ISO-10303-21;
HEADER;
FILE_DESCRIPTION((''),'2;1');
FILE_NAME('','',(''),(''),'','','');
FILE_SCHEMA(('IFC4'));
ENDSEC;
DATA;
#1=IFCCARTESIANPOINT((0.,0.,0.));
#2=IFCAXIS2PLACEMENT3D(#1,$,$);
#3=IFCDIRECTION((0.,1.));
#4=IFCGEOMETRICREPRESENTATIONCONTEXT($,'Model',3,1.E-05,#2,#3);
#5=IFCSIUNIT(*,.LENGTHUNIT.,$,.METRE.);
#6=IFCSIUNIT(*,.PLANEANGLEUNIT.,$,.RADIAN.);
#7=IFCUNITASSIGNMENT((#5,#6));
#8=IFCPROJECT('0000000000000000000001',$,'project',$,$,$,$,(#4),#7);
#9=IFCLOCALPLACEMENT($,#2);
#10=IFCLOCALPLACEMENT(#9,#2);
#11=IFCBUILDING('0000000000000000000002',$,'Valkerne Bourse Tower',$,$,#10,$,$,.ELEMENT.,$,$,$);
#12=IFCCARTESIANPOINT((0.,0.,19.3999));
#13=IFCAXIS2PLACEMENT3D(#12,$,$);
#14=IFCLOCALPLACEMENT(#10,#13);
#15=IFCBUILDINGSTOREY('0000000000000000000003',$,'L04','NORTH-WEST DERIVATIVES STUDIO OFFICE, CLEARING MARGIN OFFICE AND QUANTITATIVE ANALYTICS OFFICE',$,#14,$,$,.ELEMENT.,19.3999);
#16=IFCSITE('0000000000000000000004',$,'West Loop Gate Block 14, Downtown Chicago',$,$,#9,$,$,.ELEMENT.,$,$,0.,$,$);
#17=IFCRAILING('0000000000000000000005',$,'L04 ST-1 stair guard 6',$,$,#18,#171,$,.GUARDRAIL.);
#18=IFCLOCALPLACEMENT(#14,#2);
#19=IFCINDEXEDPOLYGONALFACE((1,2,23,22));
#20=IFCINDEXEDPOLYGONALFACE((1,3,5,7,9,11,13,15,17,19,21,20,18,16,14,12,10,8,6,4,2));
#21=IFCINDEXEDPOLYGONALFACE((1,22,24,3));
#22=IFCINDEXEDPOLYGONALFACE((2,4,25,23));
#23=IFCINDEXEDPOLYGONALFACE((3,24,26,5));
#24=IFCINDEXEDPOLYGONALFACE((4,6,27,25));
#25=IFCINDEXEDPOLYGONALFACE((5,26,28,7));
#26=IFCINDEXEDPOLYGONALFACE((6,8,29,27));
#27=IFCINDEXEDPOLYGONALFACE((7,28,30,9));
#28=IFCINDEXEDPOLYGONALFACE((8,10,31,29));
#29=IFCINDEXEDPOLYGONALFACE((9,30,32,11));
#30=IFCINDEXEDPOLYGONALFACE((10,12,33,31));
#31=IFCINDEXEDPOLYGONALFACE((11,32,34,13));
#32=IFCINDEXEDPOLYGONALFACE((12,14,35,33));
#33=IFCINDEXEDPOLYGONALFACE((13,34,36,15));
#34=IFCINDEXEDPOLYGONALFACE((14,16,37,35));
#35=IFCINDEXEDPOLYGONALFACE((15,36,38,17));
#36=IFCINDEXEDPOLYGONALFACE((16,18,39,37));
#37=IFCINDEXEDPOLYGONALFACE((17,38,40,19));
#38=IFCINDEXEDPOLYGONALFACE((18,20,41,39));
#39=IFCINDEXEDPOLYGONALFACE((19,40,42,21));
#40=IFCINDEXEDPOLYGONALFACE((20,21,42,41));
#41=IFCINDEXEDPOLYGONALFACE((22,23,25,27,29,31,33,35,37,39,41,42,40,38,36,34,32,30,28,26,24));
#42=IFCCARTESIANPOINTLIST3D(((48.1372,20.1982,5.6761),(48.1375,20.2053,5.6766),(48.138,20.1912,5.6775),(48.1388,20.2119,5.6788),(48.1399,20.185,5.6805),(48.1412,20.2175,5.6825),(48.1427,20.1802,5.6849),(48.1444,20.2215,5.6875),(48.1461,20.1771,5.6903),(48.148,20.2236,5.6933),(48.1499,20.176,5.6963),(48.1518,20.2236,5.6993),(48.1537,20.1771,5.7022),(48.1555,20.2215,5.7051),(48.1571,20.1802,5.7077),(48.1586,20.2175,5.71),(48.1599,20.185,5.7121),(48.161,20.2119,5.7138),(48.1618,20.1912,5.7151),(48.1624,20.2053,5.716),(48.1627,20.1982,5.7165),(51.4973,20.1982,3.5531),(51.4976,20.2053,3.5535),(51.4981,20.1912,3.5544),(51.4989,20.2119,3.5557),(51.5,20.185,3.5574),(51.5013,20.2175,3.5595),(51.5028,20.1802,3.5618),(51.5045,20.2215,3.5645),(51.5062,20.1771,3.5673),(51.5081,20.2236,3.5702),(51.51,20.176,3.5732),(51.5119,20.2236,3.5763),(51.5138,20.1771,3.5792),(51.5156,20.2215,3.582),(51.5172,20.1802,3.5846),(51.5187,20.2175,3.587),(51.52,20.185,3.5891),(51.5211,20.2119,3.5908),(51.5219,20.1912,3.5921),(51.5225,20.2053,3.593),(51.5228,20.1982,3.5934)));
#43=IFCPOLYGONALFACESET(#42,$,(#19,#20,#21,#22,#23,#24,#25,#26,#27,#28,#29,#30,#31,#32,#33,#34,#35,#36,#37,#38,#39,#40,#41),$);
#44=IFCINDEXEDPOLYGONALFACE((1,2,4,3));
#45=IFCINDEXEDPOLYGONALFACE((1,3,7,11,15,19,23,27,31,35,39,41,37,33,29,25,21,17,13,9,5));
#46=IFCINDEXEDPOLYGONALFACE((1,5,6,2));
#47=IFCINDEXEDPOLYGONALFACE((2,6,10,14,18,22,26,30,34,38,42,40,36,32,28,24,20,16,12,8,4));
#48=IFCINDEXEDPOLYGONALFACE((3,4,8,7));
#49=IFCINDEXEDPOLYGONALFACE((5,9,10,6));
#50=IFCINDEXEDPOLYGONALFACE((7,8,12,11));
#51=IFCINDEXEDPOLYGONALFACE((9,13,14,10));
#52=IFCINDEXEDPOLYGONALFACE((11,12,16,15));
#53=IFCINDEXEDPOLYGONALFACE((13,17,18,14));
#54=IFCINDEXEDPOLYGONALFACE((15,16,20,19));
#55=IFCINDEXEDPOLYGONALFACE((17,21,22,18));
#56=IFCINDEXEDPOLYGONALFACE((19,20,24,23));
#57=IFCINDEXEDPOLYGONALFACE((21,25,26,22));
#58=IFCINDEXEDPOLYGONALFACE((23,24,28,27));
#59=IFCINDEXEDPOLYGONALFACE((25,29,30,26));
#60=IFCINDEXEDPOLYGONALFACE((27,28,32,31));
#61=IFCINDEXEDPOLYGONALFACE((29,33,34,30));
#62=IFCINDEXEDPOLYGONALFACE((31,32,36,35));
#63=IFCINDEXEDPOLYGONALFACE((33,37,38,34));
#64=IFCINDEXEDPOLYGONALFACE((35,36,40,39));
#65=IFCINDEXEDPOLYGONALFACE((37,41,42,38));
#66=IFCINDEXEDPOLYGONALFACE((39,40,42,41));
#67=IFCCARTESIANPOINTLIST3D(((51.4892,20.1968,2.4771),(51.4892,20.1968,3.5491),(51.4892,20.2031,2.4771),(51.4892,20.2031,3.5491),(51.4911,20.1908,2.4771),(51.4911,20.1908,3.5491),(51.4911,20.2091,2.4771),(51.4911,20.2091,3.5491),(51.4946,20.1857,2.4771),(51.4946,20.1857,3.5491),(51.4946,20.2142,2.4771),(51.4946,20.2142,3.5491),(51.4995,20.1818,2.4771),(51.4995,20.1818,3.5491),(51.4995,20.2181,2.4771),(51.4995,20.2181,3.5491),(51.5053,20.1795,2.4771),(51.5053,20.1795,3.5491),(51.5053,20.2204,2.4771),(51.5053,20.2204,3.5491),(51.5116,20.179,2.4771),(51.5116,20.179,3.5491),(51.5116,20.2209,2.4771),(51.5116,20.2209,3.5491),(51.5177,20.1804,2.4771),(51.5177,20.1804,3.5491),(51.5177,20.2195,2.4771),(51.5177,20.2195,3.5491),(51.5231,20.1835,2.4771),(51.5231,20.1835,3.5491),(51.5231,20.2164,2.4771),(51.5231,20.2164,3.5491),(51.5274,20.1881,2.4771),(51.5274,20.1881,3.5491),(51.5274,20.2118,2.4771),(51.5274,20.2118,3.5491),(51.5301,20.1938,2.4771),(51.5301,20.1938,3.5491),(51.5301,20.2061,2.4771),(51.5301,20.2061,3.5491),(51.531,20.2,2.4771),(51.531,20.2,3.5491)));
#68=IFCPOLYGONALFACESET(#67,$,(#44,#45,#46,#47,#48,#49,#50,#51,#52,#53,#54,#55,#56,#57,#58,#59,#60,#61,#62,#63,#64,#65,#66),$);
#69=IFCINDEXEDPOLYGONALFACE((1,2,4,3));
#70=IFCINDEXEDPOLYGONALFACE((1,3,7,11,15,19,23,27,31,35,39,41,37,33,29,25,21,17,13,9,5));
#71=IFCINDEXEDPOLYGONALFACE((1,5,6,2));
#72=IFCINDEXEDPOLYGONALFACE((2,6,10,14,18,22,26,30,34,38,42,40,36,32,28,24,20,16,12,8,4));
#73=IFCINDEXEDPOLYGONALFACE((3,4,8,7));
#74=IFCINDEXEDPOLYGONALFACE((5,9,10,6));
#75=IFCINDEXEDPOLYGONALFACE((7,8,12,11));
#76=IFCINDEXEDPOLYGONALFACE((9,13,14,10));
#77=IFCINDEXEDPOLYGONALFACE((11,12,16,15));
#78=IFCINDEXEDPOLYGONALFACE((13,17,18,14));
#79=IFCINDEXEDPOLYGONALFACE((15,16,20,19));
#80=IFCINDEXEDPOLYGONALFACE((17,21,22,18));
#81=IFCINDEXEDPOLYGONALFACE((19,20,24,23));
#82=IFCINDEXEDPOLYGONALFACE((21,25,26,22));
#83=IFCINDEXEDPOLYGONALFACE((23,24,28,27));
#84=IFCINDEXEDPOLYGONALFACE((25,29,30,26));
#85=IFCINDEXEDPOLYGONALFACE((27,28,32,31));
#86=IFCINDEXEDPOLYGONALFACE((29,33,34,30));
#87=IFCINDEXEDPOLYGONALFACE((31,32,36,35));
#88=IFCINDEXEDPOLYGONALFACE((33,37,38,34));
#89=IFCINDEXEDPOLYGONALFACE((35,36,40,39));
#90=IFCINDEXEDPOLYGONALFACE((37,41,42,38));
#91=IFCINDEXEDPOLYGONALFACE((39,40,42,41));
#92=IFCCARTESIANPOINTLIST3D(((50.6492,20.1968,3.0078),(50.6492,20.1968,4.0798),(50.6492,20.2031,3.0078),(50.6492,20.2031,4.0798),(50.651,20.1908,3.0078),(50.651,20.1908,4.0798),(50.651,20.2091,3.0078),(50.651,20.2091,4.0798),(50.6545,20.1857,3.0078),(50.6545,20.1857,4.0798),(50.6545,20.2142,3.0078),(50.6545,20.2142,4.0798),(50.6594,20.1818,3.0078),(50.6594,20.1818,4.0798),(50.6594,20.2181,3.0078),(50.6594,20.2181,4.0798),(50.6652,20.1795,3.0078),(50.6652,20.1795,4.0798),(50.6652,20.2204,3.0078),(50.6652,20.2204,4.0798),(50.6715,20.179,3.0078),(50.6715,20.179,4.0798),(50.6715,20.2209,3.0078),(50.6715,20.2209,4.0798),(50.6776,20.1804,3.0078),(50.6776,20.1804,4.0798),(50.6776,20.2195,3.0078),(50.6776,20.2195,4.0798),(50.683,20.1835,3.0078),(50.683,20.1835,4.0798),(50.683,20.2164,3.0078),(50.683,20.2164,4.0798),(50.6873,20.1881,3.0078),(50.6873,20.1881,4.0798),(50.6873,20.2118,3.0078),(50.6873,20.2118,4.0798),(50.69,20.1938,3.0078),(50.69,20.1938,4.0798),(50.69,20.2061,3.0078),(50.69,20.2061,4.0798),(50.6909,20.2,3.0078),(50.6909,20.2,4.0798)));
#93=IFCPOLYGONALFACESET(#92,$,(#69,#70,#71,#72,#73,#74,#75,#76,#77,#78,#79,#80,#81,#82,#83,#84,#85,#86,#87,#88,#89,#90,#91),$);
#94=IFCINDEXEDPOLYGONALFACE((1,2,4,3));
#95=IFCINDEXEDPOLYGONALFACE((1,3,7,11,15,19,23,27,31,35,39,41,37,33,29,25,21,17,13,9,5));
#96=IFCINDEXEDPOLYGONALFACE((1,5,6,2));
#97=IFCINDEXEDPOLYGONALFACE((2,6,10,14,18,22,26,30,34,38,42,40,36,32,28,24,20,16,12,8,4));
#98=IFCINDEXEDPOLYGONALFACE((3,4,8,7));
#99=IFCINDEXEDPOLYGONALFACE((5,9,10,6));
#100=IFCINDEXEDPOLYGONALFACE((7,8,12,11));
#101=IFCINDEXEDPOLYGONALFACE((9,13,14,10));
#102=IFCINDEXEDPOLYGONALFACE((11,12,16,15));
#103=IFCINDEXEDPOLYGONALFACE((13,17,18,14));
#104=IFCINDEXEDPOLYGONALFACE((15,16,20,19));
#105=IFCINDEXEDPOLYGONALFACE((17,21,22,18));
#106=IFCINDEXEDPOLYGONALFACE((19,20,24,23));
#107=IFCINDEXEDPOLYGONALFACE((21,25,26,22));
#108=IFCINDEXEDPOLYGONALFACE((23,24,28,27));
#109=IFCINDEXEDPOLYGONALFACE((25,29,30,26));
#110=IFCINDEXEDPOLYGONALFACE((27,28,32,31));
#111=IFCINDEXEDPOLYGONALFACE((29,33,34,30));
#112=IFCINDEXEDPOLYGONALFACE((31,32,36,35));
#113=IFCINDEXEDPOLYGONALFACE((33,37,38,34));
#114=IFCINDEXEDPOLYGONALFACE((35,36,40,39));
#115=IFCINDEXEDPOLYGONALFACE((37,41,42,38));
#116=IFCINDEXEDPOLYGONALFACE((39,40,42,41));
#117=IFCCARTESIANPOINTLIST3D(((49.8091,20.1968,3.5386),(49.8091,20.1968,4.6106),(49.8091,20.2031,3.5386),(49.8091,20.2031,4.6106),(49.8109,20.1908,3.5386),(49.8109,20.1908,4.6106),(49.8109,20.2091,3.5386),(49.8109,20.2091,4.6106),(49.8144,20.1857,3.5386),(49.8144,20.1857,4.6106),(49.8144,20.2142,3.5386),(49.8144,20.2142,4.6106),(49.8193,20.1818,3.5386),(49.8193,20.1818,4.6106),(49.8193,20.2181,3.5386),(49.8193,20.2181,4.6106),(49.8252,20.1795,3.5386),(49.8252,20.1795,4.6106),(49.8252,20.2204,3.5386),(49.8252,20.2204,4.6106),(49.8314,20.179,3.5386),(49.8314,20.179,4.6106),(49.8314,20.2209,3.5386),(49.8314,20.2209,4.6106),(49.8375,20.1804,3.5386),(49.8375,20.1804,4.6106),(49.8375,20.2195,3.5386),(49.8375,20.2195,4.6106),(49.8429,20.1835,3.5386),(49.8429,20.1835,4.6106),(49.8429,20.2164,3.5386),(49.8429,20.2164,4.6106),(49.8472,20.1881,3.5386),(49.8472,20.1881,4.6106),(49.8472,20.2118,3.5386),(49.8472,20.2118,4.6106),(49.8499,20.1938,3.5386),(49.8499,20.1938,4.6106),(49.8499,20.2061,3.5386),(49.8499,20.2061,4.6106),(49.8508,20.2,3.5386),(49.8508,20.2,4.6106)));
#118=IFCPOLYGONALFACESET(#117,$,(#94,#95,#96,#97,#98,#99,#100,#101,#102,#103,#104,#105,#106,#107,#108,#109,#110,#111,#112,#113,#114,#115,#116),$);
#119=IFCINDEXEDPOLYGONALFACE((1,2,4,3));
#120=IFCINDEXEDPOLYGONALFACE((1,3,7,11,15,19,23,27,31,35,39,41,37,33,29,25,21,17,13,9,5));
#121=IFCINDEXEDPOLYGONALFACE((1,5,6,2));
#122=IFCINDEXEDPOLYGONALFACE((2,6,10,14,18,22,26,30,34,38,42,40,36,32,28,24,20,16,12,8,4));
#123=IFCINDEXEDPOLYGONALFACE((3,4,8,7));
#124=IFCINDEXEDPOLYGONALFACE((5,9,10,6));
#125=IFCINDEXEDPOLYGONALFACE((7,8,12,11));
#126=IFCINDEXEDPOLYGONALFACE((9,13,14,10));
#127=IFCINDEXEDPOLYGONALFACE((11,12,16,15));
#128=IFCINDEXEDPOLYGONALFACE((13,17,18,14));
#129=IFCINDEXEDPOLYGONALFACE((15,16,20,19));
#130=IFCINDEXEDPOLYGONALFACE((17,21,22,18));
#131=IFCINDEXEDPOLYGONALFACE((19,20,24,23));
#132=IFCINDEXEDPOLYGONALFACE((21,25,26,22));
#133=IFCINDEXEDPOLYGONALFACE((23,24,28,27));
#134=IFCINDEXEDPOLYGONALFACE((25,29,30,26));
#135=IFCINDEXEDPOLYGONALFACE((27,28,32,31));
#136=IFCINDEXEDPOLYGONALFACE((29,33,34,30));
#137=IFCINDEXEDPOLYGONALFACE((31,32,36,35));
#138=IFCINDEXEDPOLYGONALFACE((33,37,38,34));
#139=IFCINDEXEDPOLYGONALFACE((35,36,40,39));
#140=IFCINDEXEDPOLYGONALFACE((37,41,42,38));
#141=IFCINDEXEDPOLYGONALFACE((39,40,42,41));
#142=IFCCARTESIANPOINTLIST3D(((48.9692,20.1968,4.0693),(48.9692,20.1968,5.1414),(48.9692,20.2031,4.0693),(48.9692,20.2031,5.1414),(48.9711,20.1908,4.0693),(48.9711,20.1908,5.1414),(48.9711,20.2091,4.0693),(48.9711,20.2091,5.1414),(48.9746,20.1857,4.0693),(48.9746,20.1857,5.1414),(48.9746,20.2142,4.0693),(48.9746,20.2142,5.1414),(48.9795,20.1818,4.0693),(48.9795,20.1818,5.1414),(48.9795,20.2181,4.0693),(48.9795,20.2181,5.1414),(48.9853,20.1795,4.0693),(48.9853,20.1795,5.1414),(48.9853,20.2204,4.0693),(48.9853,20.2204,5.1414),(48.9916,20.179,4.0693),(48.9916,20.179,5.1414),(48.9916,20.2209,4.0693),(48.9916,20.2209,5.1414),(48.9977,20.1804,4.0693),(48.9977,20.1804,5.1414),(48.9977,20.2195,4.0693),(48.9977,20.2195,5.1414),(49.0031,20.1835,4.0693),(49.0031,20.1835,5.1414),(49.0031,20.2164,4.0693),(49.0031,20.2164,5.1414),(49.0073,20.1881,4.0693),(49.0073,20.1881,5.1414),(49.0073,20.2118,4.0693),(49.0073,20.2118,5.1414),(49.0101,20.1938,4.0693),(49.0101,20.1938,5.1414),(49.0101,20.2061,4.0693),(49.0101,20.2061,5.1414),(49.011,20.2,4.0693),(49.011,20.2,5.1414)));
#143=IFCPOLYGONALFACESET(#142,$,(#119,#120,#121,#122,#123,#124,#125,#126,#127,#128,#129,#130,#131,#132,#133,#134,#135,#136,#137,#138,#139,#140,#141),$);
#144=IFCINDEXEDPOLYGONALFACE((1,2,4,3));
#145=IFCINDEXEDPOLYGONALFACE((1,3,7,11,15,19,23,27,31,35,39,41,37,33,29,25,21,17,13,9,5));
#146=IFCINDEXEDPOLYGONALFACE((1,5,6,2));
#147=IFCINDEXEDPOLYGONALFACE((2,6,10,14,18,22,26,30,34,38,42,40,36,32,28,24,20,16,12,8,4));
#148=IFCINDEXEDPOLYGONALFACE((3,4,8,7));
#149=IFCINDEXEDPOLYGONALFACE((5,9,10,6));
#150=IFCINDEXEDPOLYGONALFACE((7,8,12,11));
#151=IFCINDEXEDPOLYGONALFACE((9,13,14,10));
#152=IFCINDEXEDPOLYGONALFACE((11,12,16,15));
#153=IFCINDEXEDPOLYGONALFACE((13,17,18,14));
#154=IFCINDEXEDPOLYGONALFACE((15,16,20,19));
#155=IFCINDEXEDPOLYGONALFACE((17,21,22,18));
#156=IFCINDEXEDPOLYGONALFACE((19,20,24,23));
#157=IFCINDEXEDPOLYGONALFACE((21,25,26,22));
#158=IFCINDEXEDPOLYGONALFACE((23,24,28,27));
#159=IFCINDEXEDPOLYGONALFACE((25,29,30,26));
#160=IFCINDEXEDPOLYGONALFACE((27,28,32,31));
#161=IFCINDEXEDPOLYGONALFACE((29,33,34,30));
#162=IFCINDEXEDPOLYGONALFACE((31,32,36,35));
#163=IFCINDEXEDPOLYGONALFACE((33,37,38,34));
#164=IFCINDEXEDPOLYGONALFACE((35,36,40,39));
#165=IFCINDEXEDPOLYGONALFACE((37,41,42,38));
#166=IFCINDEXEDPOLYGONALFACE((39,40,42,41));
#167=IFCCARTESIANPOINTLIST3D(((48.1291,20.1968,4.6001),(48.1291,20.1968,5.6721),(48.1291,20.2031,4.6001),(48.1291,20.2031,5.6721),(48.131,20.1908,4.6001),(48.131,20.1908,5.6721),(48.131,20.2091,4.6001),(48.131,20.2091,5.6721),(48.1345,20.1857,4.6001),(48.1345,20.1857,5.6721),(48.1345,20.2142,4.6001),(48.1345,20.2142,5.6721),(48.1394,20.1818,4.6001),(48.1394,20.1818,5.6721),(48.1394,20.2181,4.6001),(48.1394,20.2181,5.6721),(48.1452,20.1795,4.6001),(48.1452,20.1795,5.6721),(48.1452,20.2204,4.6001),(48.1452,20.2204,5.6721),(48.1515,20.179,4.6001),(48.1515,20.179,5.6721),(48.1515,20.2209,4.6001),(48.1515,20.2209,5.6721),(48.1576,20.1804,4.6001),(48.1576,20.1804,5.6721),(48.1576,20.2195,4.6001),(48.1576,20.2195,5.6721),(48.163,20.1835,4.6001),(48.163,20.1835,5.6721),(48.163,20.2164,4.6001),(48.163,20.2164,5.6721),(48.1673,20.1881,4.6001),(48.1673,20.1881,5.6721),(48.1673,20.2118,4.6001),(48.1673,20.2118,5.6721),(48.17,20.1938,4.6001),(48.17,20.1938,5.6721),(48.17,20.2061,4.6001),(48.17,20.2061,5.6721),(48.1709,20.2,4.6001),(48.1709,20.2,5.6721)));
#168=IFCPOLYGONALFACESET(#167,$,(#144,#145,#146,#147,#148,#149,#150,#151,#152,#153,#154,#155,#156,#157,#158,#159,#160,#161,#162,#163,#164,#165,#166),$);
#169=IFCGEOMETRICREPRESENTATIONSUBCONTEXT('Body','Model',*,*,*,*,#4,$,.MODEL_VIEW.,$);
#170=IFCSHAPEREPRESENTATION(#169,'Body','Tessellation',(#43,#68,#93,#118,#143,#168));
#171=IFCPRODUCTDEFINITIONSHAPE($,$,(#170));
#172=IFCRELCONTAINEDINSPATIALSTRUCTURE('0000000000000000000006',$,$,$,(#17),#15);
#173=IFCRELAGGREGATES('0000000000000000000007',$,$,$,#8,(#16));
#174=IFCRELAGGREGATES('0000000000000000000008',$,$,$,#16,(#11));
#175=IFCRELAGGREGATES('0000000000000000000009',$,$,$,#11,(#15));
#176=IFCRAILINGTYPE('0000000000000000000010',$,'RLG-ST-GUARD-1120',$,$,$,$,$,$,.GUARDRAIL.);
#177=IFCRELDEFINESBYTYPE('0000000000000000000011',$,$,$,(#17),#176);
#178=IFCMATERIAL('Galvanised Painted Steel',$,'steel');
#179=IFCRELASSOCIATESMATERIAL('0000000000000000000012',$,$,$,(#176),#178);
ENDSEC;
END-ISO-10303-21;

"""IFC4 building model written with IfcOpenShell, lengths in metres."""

from ifc_helpers import new_model, si_unit, direction, frame, origin, origin_2d, place, context, subcontext, project, spatial, circle, extrude, material, type_object, element, save


model = new_model("IFC4")

# Units and contexts
model_context = context("Model", 3, precision=1e-05, world=origin(), true_north=direction((0.0, 1.0)))
body_context = subcontext(model_context, "Body", "Model", "MODEL_VIEW")
ifc_project = project(units=[si_unit("LENGTHUNIT", "METRE"), si_unit("PLANEANGLEUNIT", "RADIAN")], contexts=[model_context])

# Site, building, storey
site_placement = place(None, origin())
site = spatial("IfcSite", under=ifc_project, at=site_placement, Name="West Loop Gate Block 14, Downtown Chicago", CompositionType="ELEMENT", RefElevation=0.0)
building_placement = place(site_placement, origin())
building = spatial("IfcBuilding", under=site, at=building_placement, Name="Valkerne Bourse Tower", CompositionType="ELEMENT")
storey_placement = place(building_placement, frame((0.0, 0.0, 19.3999)))
storey = spatial("IfcBuildingStorey", under=building, at=storey_placement, Name="L04", Description="NORTH-WEST DERIVATIVES STUDIO OFFICE, CLEARING MARGIN OFFICE AND QUANTITATIVE ANALYTICS OFFICE", CompositionType="ELEMENT", Elevation=19.3999)

# Shared definitions
ifc_material_1 = material(Name="Galvanised Painted Steel", Category="steel")

# Railing
railing_type_1 = type_object("IfcRailingType", Name="RLG-ST-GUARD-1120", PredefinedType="GUARDRAIL", material=ifc_material_1)
railing_1_placement = place(storey_placement, frame((51.51, 20.2, 2.4771)))
element("IfcRailing", 1, at=railing_1_placement, inside=storey, type_object=railing_type_1, Name="L04 ST-1 stair guard 6", PredefinedType="GUARDRAIL", context=body_context, shape_type="SweptSolid", body=[
    extrude(circle(Radius=0.0239, at=origin_2d()), frame((0.0, 0.0, 1.0962), z_axis=(-0.84539, 0.0, 0.53415), x_axis=(0.0, -1.0, 0.0)), (0.0, 0.0, 1.0), 3.9746),
    extrude(circle(Radius=0.021, at=origin_2d()), origin(), (0.0, 0.0, 1.0), 1.072),
    extrude(circle(Radius=0.021, at=origin_2d()), frame((-0.8401, 0.0, 0.5308)), (0.0, 0.0, 1.0), 1.072),
    extrude(circle(Radius=0.021, at=origin_2d()), frame((-1.6802, 0.0, 1.0615)), (0.0, 0.0, 1.0), 1.072),
    extrude(circle(Radius=0.021, at=origin_2d()), frame((-2.52, 0.0, 1.5923)), (0.0, 0.0, 1.0), 1.072),
    extrude(circle(Radius=0.021, at=origin_2d()), frame((-3.3601, 0.0, 2.123)), (0.0, 0.0, 1.0), 1.072),
])

save(model, "model.ifc")
